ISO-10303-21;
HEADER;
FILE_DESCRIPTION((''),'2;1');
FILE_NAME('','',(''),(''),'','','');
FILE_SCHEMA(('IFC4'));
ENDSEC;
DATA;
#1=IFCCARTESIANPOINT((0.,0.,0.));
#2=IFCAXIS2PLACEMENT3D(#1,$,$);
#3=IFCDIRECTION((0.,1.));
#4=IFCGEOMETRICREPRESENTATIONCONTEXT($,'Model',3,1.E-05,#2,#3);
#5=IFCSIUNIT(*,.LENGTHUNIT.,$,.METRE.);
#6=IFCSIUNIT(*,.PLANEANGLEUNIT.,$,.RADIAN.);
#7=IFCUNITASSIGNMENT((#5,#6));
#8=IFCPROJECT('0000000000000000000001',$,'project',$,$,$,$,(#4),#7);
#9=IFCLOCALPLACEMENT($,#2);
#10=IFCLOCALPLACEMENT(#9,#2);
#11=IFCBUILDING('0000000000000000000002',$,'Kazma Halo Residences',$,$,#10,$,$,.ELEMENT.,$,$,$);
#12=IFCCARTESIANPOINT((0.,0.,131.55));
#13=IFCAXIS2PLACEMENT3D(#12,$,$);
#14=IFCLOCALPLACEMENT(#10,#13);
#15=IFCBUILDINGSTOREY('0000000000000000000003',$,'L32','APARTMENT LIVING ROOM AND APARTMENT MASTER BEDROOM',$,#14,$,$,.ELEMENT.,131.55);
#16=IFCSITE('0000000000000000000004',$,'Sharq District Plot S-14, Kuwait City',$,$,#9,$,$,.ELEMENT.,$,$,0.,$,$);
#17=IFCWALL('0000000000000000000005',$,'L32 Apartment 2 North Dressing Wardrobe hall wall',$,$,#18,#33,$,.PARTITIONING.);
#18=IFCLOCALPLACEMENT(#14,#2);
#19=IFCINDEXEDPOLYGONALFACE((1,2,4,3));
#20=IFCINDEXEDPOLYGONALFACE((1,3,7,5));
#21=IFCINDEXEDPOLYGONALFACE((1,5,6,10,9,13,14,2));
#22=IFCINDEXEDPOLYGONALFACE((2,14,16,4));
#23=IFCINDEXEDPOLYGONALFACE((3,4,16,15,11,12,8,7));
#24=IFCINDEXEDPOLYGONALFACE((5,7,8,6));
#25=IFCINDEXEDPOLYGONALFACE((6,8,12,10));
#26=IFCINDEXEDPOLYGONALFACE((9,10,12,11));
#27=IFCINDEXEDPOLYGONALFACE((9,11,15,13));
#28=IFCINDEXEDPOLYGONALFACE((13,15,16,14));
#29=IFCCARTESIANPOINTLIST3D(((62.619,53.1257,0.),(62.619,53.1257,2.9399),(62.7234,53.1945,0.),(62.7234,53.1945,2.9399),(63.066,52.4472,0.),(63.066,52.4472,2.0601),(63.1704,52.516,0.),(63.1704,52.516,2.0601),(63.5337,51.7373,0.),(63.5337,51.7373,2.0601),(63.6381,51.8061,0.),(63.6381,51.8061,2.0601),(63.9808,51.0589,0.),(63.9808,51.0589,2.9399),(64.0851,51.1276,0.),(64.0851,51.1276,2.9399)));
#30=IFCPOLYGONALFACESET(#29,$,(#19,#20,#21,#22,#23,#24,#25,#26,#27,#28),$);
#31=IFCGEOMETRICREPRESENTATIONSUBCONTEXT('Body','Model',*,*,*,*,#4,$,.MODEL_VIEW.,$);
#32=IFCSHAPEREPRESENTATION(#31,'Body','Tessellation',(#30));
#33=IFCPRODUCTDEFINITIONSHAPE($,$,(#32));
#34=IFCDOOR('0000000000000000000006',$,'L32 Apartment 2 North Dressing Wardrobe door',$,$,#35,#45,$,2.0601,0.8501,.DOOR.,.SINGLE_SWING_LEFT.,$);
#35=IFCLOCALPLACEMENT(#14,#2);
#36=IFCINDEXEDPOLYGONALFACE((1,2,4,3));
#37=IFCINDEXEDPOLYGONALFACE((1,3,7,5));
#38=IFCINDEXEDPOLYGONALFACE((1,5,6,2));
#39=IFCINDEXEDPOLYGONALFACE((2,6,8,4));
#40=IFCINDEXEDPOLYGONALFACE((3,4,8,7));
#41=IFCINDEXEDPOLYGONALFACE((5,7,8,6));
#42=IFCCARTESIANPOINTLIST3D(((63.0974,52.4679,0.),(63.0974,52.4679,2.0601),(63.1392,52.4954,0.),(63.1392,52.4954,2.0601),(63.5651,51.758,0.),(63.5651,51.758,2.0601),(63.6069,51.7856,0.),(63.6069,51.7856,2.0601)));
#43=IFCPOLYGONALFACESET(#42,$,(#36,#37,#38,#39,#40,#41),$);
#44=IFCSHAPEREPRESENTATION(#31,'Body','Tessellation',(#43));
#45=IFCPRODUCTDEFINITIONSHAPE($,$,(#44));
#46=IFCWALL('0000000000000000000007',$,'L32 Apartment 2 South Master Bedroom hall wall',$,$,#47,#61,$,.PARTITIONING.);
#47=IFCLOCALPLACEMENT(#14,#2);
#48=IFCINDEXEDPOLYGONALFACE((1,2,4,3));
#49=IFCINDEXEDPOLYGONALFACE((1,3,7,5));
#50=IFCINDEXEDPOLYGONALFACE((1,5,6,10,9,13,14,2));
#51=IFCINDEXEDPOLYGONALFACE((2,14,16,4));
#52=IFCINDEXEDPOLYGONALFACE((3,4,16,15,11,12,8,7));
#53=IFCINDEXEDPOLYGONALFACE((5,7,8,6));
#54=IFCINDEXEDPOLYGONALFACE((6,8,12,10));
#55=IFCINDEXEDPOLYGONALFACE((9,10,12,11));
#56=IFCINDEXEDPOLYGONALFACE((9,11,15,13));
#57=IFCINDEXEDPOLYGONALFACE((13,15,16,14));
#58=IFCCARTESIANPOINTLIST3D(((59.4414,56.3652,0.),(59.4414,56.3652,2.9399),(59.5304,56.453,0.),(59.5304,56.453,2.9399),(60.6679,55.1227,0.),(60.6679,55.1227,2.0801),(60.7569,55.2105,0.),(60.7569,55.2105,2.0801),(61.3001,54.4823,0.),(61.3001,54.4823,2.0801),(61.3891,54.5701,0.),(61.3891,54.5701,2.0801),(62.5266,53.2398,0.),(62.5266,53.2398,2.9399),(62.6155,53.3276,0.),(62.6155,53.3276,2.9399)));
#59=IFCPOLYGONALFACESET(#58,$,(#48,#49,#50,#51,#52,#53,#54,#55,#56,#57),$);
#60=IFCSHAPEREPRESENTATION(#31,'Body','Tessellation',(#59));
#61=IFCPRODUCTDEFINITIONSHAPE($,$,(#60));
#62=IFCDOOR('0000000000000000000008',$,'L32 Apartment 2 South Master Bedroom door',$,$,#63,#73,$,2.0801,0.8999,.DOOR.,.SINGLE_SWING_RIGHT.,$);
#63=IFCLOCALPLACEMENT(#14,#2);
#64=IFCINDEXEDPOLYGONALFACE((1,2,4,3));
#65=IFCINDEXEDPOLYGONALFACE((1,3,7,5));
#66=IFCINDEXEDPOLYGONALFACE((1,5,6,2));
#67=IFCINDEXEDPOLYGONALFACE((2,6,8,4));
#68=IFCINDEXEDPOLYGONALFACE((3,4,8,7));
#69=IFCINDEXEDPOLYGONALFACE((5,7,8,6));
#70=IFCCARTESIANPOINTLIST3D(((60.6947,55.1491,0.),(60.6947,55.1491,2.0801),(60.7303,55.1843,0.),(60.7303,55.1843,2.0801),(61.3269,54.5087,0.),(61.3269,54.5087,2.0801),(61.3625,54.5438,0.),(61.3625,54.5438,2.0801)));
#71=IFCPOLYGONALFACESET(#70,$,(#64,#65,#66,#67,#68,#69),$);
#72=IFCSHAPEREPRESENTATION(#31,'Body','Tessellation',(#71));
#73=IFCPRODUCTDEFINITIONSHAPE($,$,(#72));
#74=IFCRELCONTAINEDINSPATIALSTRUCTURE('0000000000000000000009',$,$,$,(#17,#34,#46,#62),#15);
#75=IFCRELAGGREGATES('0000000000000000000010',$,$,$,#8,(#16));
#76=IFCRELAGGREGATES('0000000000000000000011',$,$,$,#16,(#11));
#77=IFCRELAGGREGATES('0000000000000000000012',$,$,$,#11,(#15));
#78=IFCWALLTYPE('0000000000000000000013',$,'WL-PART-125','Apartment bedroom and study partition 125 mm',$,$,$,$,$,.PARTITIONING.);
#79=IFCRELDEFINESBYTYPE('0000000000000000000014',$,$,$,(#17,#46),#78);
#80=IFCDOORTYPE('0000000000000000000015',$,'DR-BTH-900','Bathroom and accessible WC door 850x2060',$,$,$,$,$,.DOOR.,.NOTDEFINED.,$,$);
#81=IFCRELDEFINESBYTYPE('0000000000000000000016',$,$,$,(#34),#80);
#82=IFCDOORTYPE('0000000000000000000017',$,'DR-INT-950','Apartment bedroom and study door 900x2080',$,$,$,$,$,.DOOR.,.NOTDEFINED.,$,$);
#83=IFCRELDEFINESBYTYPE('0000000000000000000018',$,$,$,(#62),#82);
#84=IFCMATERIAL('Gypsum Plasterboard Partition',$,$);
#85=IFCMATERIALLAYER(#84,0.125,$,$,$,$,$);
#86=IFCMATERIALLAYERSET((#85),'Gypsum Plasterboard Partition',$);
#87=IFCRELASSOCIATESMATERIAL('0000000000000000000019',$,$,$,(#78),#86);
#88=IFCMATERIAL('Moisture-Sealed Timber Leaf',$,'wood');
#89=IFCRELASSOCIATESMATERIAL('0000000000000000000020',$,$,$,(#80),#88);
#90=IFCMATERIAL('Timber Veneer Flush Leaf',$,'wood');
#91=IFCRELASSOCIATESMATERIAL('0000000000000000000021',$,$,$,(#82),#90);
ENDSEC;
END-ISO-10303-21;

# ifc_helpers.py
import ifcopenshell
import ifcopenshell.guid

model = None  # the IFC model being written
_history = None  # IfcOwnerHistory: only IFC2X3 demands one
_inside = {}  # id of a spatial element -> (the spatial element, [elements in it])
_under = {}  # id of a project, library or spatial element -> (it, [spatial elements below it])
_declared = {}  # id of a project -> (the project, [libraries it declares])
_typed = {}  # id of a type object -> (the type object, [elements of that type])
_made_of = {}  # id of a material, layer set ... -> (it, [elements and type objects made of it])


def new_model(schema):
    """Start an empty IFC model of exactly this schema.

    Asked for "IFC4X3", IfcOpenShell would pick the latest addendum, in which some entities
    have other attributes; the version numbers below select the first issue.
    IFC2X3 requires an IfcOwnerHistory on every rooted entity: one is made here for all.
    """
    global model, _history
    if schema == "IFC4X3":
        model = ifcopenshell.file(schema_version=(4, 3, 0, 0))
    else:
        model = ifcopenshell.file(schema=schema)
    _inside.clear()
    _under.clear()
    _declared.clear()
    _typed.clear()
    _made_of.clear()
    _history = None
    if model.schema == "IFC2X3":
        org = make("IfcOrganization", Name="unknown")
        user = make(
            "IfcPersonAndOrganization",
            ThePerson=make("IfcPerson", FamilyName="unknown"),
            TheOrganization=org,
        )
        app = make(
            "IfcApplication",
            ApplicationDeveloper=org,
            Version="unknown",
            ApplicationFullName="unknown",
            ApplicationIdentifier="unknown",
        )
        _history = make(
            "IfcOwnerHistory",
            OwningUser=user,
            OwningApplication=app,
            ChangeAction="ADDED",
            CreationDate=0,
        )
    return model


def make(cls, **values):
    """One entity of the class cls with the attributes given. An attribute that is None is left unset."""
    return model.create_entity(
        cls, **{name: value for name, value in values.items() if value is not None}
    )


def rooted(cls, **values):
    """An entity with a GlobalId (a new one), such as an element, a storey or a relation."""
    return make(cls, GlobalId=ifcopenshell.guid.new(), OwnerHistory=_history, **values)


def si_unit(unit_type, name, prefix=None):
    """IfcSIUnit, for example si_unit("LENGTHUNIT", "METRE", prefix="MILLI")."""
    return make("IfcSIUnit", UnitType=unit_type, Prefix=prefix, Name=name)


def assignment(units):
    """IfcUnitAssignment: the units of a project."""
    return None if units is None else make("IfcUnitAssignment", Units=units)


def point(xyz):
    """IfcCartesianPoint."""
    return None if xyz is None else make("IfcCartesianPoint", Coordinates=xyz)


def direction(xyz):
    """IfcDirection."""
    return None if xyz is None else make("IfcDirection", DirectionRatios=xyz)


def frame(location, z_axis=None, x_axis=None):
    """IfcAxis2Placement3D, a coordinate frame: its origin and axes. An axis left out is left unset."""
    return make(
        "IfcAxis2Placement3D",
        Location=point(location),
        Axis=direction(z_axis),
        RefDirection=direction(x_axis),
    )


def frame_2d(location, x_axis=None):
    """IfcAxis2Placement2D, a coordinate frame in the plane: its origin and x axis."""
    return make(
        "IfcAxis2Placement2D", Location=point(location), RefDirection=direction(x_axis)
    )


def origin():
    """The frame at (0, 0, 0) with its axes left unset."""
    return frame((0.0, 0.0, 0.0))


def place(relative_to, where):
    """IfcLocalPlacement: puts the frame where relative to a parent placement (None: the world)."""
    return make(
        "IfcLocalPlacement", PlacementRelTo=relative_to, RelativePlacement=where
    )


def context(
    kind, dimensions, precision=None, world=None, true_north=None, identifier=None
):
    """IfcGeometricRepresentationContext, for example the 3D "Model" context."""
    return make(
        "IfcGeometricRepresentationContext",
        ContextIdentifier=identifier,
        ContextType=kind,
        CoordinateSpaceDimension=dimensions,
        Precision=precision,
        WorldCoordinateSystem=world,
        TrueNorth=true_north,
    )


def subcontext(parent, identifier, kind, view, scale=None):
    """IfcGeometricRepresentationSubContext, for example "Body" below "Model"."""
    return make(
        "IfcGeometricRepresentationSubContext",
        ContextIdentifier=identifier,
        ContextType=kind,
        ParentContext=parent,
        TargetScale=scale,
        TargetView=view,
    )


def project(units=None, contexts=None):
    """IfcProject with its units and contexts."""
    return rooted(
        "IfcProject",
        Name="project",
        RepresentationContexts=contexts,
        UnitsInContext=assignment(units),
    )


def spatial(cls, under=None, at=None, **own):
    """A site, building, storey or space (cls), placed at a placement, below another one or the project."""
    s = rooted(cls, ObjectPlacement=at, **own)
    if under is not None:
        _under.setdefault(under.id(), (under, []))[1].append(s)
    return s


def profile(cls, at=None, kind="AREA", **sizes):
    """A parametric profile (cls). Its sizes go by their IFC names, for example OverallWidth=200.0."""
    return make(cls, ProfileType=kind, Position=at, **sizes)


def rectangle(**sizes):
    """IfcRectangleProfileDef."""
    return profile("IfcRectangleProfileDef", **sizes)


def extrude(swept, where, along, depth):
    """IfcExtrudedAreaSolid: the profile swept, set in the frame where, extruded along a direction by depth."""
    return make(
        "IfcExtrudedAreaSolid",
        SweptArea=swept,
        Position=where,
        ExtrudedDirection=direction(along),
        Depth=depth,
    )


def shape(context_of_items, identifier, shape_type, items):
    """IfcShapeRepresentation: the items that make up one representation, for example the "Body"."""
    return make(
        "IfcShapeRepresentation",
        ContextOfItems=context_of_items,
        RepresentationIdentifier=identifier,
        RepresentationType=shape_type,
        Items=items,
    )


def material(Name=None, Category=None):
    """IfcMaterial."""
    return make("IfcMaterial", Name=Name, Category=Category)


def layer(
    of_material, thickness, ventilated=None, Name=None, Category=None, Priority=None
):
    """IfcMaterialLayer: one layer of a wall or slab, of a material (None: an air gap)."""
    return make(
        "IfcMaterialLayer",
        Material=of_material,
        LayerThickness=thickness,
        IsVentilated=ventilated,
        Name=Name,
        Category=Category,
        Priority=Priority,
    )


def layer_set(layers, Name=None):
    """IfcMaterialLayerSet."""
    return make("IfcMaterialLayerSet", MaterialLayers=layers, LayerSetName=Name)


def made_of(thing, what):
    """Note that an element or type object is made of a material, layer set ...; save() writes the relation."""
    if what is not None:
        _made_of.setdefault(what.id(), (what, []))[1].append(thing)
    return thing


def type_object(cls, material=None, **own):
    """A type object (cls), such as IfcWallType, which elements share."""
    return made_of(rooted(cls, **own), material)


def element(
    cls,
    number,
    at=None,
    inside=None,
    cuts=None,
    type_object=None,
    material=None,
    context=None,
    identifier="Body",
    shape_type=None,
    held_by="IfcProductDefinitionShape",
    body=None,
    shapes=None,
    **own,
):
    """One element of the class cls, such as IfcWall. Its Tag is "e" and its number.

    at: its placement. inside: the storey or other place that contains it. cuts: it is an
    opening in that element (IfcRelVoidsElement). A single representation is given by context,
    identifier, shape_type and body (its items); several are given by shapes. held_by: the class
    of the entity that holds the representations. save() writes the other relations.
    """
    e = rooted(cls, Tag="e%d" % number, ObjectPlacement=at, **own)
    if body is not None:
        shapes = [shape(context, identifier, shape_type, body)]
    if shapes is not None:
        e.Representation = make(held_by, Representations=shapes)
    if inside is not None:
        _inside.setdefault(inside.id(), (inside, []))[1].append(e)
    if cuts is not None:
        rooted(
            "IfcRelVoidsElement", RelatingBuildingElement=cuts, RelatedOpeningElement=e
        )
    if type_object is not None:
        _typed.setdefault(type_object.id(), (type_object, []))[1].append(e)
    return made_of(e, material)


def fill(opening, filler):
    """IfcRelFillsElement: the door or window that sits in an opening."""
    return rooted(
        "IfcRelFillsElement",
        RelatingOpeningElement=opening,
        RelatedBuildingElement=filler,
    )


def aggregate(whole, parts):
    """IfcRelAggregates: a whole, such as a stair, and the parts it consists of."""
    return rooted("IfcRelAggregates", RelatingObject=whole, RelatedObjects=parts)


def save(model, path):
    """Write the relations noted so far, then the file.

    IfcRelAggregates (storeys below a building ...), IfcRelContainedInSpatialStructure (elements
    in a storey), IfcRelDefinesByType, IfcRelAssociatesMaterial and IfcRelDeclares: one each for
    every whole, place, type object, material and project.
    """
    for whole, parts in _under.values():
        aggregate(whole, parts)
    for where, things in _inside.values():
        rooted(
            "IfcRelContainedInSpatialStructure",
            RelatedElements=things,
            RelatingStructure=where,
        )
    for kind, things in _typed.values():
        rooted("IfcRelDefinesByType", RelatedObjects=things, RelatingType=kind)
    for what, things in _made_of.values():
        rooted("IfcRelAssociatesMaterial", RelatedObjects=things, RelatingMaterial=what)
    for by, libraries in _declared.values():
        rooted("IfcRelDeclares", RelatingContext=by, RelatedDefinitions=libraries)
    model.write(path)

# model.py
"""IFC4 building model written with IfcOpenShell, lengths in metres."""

from ifc_helpers import new_model, si_unit, direction, frame, frame_2d, origin, place, context, subcontext, project, spatial, rectangle, extrude, material, layer, layer_set, type_object, element, fill, save


model = new_model("IFC4")

# Units and contexts
model_context = context("Model", 3, precision=1e-05, world=origin(), true_north=direction((0.0, 1.0)))
body_context = subcontext(model_context, "Body", "Model", "MODEL_VIEW")
ifc_project = project(units=[si_unit("LENGTHUNIT", "METRE"), si_unit("PLANEANGLEUNIT", "RADIAN")], contexts=[model_context])

# Site, building, storey
site_placement = place(None, origin())
site = spatial("IfcSite", under=ifc_project, at=site_placement, Name="Sharq District Plot S-14, Kuwait City", CompositionType="ELEMENT", RefElevation=0.0)
building_placement = place(site_placement, origin())
building = spatial("IfcBuilding", under=site, at=building_placement, Name="Kazma Halo Residences", CompositionType="ELEMENT")
storey_placement = place(building_placement, frame((0.0, 0.0, 131.55)))
storey = spatial("IfcBuildingStorey", under=building, at=storey_placement, Name="L32", Description="APARTMENT LIVING ROOM AND APARTMENT MASTER BEDROOM", CompositionType="ELEMENT", Elevation=131.55)

# Shared definitions
ifc_material_1 = material(Name="Gypsum Plasterboard Partition")
ifc_layer_1 = layer(ifc_material_1, 0.125)
ifc_layer_set_1 = layer_set([ifc_layer_1], Name="Gypsum Plasterboard Partition")
wall_type_1 = type_object("IfcWallType", Name="WL-PART-125", Description="Apartment bedroom and study partition 125 mm", PredefinedType="PARTITIONING", material=ifc_layer_set_1)

# Shared definitions
ifc_material_2 = material(Name="Moisture-Sealed Timber Leaf", Category="wood")
door_type_1 = type_object("IfcDoorType", Name="DR-BTH-900", Description="Bathroom and accessible WC door 850x2060", OperationType="NOTDEFINED", PredefinedType="DOOR", material=ifc_material_2)
ifc_material_3 = material(Name="Timber Veneer Flush Leaf", Category="wood")
door_type_2 = type_object("IfcDoorType", Name="DR-INT-950", Description="Apartment bedroom and study door 900x2080", OperationType="NOTDEFINED", PredefinedType="DOOR", material=ifc_material_3)

# Walls, openings, doors
wall_1_placement = place(storey_placement, frame((64.033, 51.0933, 0.0), z_axis=(0.0, 0.0, 1.0), x_axis=(-0.550185, 0.835043, 0.0)))
wall_1 = element("IfcWall", 1, at=wall_1_placement, inside=storey, type_object=wall_type_1, Name="L32 Apartment 2 North Dressing Wardrobe hall wall", PredefinedType="PARTITIONING", context=body_context, shape_type="SweptSolid", body=[
    extrude(rectangle(XDim=2.4751, YDim=0.125, at=frame_2d((1.2375, 0.0))), origin(), (0.0, 0.0, 1.0), 2.9399),
])
opening_1_placement = place(wall_1_placement, frame((0.8125, 0.0, 0.0)))
opening_1 = element("IfcOpeningElement", 2, at=opening_1_placement, cuts=wall_1, PredefinedType="OPENING", context=body_context, shape_type="SweptSolid", body=[
    extrude(rectangle(XDim=0.8501, YDim=2.0601, at=frame_2d((0.425, 1.03))), frame((0.0, 0.0725, 0.0), z_axis=(0.0, -1.0, 0.0), x_axis=(1.0, 0.0, 0.0)), (0.0, 0.0, 1.0), 0.145),
])
door_1_placement = place(opening_1_placement, origin())
door_1 = element("IfcDoor", 3, at=door_1_placement, inside=storey, type_object=door_type_1, Name="L32 Apartment 2 North Dressing Wardrobe door", OperationType="SINGLE_SWING_LEFT", OverallHeight=2.0601, OverallWidth=0.8501, PredefinedType="DOOR", context=body_context, shape_type="SweptSolid", body=[
    extrude(rectangle(XDim=0.8501, YDim=2.0601, at=frame_2d((0.425, 1.03))), frame((0.0, 0.0249, 0.0), z_axis=(0.0, -1.0, 0.0), x_axis=(1.0, 0.0, 0.0)), (0.0, 0.0, 1.0), 0.05),
])
fill(opening_1, door_1)
wall_2_placement = place(storey_placement, frame((62.571, 53.2837, 0.0), z_axis=(0.0, 0.0, 1.0), x_axis=(-0.702506, 0.711678, 0.0)))
wall_2 = element("IfcWall", 4, at=wall_2_placement, inside=storey, type_object=wall_type_1, Name="L32 Apartment 2 South Master Bedroom hall wall", PredefinedType="PARTITIONING", context=body_context, shape_type="SweptSolid", body=[
    extrude(rectangle(XDim=4.3916, YDim=0.125, at=frame_2d((2.1958, 0.0))), origin(), (0.0, 0.0, 1.0), 2.9399),
])
opening_2_placement = place(wall_2_placement, frame((1.7458, 0.0, 0.0)))
opening_2 = element("IfcOpeningElement", 5, at=opening_2_placement, cuts=wall_2, PredefinedType="OPENING", context=body_context, shape_type="SweptSolid", body=[
    extrude(rectangle(XDim=0.8999, YDim=2.0801, at=frame_2d((0.45, 1.04))), frame((0.0, 0.0725, 0.0), z_axis=(0.0, -1.0, 0.0), x_axis=(1.0, 0.0, 0.0)), (0.0, 0.0, 1.0), 0.145),
])
door_2_placement = place(opening_2_placement, origin())
door_2 = element("IfcDoor", 6, at=door_2_placement, inside=storey, type_object=door_type_2, Name="L32 Apartment 2 South Master Bedroom door", OperationType="SINGLE_SWING_RIGHT", OverallHeight=2.0801, OverallWidth=0.8999, PredefinedType="DOOR", context=body_context, shape_type="SweptSolid", body=[
    extrude(rectangle(XDim=0.8999, YDim=2.0801, at=frame_2d((0.45, 1.04))), frame((0.0, 0.0249, 0.0), z_axis=(0.0, -1.0, 0.0), x_axis=(1.0, 0.0, 0.0)), (0.0, 0.0, 1.0), 0.05),
])
fill(opening_2, door_2)

save(model, "model.ifc")
